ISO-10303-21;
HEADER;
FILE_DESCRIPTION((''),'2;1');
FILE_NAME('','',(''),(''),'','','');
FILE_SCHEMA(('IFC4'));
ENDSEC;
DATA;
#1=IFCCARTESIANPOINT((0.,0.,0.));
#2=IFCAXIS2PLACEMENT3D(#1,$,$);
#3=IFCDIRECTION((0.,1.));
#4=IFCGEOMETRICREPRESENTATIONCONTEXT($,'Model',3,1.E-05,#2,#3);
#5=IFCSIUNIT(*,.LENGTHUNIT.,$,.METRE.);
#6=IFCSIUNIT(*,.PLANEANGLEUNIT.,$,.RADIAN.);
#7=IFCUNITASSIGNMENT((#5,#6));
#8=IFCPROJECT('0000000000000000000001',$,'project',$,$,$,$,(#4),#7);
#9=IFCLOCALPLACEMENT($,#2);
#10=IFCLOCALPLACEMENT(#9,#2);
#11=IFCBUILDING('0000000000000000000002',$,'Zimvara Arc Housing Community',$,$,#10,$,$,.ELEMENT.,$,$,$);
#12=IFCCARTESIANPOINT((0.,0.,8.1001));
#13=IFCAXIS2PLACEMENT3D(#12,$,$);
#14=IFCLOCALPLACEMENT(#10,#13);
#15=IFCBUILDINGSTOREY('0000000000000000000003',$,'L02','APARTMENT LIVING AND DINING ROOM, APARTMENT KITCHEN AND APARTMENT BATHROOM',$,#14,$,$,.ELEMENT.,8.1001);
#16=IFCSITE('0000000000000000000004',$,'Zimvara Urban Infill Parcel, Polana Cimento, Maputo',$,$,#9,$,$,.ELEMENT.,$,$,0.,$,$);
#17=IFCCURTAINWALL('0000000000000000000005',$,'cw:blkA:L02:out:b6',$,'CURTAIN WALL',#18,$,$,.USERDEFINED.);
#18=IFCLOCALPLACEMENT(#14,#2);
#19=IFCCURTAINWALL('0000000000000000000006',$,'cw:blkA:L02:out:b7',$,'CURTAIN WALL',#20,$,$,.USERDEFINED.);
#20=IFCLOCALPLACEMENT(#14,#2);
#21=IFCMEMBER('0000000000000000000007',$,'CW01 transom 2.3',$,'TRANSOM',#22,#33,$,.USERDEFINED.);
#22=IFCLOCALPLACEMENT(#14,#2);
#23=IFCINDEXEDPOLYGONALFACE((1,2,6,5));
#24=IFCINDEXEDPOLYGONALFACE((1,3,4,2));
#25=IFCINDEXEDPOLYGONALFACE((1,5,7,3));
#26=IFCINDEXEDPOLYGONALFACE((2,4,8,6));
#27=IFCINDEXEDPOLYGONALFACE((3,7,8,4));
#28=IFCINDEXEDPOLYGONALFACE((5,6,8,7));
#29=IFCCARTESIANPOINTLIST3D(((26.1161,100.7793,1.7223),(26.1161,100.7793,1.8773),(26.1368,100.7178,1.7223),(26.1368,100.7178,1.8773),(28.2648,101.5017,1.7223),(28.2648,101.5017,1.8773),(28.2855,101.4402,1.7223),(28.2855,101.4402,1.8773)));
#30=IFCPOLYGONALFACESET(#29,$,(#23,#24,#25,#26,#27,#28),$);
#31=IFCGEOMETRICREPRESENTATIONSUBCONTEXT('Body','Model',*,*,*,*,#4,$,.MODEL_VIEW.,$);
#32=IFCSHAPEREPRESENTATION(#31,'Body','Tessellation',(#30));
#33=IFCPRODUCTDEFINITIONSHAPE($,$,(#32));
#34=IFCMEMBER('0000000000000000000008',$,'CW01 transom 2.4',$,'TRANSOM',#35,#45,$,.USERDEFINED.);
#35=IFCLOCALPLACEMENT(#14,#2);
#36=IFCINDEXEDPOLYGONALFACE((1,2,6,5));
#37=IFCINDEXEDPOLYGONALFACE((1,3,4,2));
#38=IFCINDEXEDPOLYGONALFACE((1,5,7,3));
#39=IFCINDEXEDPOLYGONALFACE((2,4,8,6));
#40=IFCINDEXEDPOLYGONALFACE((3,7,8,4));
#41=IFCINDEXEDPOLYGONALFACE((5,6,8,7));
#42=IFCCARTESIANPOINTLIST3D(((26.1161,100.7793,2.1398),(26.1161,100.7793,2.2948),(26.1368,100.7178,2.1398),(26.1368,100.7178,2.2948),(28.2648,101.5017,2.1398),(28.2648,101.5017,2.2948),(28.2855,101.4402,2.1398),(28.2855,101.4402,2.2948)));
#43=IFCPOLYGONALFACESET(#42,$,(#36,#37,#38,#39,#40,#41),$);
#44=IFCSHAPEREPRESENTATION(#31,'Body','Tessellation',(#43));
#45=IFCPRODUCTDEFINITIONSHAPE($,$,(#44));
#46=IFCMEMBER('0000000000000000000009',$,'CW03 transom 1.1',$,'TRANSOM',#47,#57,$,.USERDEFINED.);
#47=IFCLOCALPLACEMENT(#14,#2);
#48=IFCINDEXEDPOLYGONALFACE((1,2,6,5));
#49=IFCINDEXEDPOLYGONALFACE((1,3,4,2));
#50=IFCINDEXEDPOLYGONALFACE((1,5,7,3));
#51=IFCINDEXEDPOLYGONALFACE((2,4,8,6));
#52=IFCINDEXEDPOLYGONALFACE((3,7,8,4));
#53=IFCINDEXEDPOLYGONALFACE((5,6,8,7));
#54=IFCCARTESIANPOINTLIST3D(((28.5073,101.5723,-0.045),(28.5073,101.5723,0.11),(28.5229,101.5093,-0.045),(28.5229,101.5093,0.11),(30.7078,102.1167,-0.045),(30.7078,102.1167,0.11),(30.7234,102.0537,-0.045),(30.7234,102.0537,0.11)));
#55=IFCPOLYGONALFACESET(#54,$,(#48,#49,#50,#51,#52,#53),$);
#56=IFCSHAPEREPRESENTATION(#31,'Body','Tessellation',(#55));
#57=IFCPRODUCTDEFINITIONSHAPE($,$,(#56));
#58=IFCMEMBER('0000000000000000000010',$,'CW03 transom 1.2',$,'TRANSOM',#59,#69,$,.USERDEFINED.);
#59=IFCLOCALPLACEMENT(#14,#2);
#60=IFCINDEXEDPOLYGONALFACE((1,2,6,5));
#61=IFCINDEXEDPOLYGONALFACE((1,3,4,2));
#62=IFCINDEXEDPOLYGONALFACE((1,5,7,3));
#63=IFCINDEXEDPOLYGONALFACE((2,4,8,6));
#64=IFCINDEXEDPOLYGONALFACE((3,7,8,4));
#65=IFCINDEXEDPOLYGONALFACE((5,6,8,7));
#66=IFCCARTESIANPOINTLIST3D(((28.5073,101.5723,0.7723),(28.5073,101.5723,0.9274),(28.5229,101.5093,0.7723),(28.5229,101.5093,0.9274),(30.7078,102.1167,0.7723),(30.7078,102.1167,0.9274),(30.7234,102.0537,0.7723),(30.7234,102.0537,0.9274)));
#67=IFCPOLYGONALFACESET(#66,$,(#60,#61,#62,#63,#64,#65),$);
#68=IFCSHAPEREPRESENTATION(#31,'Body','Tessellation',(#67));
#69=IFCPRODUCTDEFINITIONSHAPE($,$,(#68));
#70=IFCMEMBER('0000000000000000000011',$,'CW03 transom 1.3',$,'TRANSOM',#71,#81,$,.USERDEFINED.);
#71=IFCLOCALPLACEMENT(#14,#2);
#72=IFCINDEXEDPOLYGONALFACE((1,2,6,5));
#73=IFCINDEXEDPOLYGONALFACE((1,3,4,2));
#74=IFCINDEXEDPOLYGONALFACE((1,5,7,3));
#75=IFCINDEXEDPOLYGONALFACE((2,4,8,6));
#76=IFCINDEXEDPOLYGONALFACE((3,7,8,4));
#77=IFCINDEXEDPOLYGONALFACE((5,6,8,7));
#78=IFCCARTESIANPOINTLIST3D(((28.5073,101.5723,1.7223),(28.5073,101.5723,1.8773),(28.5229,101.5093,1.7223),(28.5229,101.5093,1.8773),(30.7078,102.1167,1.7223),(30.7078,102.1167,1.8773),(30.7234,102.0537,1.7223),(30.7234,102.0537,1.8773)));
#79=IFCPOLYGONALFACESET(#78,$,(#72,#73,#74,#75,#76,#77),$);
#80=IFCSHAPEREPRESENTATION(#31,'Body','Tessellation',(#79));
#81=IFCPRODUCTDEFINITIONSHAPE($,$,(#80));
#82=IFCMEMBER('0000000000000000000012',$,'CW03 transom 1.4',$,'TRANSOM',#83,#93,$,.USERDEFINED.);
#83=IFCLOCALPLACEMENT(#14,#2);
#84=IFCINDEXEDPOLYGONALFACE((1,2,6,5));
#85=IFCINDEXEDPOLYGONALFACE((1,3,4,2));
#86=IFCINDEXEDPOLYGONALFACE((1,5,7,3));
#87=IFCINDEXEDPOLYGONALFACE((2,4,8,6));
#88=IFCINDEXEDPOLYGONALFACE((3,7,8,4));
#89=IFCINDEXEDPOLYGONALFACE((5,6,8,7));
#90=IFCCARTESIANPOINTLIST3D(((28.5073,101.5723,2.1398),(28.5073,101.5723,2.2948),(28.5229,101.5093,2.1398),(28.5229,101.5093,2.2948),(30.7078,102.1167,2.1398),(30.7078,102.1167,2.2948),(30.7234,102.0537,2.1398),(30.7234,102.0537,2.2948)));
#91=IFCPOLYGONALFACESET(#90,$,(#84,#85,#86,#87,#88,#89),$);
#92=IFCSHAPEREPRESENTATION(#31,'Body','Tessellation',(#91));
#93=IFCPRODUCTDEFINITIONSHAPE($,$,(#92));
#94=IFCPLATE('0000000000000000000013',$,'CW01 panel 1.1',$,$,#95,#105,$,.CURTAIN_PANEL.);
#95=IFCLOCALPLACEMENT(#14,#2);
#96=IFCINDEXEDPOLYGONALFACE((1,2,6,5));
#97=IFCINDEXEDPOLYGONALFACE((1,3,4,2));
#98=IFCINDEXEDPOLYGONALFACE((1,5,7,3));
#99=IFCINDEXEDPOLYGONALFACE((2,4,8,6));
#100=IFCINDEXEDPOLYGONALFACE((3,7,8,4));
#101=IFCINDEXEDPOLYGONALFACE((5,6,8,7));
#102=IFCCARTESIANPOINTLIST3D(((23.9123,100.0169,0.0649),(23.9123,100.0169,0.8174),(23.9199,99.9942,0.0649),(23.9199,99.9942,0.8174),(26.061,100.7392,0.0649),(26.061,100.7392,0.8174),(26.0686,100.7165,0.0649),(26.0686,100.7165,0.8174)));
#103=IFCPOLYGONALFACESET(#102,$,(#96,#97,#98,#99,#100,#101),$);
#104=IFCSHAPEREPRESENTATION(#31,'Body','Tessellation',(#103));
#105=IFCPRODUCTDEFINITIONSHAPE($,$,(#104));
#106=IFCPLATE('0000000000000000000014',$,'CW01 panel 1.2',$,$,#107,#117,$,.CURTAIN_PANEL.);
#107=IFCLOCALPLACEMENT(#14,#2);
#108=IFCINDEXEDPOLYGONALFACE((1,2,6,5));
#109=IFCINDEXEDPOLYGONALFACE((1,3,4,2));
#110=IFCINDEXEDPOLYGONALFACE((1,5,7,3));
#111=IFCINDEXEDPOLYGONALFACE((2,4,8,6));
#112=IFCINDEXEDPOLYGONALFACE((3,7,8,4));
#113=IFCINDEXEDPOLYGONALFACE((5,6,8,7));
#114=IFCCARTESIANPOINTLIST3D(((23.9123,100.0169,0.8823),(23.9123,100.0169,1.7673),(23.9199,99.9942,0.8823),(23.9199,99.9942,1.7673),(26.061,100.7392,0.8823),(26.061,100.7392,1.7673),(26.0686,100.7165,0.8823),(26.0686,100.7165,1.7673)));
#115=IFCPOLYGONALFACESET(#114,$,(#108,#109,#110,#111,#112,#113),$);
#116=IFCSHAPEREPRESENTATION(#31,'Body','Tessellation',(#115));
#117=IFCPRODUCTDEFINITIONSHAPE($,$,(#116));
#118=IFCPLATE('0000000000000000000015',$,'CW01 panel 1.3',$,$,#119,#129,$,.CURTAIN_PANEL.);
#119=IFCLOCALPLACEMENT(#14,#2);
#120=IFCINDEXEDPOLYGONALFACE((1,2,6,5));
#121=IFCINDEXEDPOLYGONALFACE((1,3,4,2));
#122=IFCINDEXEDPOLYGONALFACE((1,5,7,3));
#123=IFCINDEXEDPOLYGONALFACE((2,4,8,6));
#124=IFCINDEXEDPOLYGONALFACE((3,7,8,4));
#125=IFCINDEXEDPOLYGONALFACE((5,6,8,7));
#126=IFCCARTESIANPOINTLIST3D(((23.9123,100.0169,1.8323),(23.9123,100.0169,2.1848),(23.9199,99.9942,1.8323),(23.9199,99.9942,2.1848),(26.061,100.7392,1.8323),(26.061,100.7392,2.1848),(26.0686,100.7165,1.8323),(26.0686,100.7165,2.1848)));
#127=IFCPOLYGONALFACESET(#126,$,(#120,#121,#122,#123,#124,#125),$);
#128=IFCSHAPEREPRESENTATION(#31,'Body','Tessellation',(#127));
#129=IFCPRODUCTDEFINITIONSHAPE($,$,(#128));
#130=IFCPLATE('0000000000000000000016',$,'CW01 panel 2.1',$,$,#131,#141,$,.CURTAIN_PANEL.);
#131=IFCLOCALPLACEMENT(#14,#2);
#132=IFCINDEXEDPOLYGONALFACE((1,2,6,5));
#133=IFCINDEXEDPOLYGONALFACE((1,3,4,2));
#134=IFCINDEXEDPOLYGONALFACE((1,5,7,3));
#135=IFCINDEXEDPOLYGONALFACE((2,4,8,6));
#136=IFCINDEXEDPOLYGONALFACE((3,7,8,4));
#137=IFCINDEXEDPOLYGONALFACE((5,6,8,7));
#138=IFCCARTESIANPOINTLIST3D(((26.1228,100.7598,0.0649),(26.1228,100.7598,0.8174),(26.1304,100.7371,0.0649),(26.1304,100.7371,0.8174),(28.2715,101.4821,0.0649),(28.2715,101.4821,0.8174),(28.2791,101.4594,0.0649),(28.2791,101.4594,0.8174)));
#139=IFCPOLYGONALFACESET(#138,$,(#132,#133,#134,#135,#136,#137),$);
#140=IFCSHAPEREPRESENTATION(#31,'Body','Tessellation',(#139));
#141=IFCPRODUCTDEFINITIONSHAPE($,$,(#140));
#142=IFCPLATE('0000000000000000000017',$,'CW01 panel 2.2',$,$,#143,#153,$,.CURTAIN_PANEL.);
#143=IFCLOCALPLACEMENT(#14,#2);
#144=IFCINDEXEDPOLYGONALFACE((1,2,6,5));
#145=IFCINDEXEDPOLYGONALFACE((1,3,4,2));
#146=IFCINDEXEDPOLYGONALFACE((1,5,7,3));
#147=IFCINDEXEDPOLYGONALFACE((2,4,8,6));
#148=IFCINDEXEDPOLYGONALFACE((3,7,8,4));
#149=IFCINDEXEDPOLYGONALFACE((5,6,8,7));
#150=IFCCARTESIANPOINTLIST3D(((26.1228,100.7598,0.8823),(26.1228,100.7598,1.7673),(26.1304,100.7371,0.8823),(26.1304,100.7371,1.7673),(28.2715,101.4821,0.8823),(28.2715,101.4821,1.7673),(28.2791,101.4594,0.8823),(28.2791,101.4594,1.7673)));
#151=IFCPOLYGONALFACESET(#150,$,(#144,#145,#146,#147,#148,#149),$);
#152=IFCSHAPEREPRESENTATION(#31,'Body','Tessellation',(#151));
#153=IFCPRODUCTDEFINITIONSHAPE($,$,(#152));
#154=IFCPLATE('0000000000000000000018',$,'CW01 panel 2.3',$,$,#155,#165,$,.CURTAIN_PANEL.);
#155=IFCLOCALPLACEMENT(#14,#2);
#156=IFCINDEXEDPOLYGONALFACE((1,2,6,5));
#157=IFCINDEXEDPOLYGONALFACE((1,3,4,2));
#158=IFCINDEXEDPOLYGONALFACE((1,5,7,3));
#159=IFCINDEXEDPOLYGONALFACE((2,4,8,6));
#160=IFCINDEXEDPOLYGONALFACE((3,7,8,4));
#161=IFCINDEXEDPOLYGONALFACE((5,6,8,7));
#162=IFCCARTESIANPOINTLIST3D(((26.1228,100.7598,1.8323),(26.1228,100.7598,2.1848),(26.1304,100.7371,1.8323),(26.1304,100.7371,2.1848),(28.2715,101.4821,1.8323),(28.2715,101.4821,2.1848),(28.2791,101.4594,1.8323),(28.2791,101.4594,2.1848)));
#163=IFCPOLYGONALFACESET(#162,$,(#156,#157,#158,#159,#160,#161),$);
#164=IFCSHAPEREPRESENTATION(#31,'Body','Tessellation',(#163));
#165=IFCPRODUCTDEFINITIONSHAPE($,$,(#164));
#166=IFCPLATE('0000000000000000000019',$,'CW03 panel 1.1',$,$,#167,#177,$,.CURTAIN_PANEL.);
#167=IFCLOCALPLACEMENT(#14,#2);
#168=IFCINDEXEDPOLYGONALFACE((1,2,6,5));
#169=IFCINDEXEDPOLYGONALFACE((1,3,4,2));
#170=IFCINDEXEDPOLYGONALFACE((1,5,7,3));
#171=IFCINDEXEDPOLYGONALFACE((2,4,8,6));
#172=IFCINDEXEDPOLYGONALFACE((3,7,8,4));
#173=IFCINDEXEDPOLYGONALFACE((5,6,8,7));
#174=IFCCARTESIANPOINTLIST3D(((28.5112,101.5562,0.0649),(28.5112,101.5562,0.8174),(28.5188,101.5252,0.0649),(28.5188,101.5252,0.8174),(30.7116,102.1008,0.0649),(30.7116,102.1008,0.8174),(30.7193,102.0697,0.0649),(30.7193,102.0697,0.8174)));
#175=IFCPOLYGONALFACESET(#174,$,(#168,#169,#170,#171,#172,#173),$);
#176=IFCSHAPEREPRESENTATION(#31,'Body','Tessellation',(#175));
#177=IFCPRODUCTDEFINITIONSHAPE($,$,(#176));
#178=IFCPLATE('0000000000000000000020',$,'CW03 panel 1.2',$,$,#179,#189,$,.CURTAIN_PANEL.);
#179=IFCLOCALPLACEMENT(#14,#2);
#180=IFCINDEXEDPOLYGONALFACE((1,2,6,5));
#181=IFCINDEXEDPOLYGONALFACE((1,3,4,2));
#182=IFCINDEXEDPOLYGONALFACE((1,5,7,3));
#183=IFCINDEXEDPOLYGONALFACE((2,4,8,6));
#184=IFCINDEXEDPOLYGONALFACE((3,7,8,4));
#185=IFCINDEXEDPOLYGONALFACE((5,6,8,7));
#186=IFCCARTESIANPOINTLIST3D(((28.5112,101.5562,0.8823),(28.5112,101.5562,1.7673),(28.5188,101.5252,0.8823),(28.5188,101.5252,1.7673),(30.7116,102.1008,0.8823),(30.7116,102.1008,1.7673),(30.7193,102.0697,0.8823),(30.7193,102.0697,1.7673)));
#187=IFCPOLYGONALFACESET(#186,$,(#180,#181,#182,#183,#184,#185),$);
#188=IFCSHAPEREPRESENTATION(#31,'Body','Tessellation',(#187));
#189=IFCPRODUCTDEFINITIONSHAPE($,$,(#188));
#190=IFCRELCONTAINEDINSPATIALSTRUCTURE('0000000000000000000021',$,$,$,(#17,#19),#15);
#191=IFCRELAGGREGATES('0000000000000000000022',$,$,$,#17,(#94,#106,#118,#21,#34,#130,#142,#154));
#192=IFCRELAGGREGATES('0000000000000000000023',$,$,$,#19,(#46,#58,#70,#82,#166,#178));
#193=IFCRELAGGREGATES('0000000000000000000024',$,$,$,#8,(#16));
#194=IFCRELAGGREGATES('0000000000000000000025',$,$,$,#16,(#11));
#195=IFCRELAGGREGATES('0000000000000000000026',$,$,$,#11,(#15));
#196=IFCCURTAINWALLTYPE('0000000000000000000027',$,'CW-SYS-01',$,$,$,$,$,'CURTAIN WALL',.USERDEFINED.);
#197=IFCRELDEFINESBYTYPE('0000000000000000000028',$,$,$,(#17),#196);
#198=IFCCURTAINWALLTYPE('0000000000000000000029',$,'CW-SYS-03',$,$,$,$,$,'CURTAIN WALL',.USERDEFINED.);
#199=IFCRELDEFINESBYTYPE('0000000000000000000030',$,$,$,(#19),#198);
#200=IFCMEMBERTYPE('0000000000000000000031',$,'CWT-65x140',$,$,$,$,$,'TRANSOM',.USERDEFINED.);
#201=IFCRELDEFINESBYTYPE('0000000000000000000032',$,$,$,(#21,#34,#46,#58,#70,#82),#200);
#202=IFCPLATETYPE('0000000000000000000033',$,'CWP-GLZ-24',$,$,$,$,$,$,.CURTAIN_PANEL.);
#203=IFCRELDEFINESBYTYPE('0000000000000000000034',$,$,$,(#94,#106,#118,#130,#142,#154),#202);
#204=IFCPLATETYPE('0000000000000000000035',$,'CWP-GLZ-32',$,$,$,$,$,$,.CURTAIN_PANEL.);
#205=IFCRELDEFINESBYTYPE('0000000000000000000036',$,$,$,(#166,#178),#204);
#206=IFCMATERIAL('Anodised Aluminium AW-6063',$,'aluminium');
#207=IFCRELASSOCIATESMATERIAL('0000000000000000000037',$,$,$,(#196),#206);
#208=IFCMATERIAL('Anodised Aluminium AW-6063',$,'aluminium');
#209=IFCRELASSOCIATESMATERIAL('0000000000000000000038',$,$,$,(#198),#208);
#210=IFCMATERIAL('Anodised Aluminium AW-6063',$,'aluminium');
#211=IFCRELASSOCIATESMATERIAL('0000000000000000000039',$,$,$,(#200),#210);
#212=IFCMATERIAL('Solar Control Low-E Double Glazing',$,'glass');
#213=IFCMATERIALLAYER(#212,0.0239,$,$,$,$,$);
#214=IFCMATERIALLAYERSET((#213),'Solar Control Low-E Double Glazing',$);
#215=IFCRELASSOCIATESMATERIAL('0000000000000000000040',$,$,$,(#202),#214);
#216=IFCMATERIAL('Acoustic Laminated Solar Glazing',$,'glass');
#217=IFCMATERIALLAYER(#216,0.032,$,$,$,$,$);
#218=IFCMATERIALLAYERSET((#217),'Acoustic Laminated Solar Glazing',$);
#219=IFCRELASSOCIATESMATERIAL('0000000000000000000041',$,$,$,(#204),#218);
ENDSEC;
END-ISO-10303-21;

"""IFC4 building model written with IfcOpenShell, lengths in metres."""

from ifc_helpers import new_model, si_unit, direction, frame, origin, origin_2d, place, context, subcontext, project, spatial, rectangle, extrude, material, layer, layer_set, material_profile, profile_set, type_object, element, aggregate, save


model = new_model("IFC4")

# Units and contexts
model_context = context("Model", 3, precision=1e-05, world=origin(), true_north=direction((0.0, 1.0)))
body_context = subcontext(model_context, "Body", "Model", "MODEL_VIEW")
ifc_project = project(units=[si_unit("LENGTHUNIT", "METRE"), si_unit("PLANEANGLEUNIT", "RADIAN")], contexts=[model_context])

# Site, building, storey
site_placement = place(None, origin())
site = spatial("IfcSite", under=ifc_project, at=site_placement, Name="Zimvara Urban Infill Parcel, Polana Cimento, Maputo", CompositionType="ELEMENT", RefElevation=0.0)
building_placement = place(site_placement, origin())
building = spatial("IfcBuilding", under=site, at=building_placement, Name="Zimvara Arc Housing Community", CompositionType="ELEMENT")
storey_placement = place(building_placement, frame((0.0, 0.0, 8.1001)))
storey = spatial("IfcBuildingStorey", under=building, at=storey_placement, Name="L02", Description="APARTMENT LIVING AND DINING ROOM, APARTMENT KITCHEN AND APARTMENT BATHROOM", CompositionType="ELEMENT", Elevation=8.1001)

# Curtain wall
ifc_material_1 = material(Name="Anodised Aluminium AW-6063", Category="aluminium")
curtain_wall_type_1 = type_object("IfcCurtainWallType", Name="CW-SYS-01", ElementType="CURTAIN WALL", PredefinedType="USERDEFINED", material=ifc_material_1)
curtain_wall_1_placement = place(storey_placement, origin())
curtain_wall_1 = element("IfcCurtainWall", 1, at=curtain_wall_1_placement, inside=storey, type_object=curtain_wall_type_1, Name="cw:blkA:L02:out:b6", ObjectType="CURTAIN WALL", PredefinedType="USERDEFINED")

# Curtain wall
ifc_material_2 = material(Name="Anodised Aluminium AW-6063", Category="aluminium")
curtain_wall_type_2 = type_object("IfcCurtainWallType", Name="CW-SYS-03", ElementType="CURTAIN WALL", PredefinedType="USERDEFINED", material=ifc_material_2)
curtain_wall_2_placement = place(storey_placement, origin())
curtain_wall_2 = element("IfcCurtainWall", 2, at=curtain_wall_2_placement, inside=storey, type_object=curtain_wall_type_2, Name="cw:blkA:L02:out:b7", ObjectType="CURTAIN WALL", PredefinedType="USERDEFINED")

# Members
ifc_material_3 = material(Name="Anodised Aluminium AW-6063", Category="aluminium")
ifc_material_profile_1 = material_profile(ifc_material_3, rectangle(XDim=0.0649, YDim=0.155, at=origin_2d()), Name="ALU 65x155")
ifc_profile_set_1 = profile_set([ifc_material_profile_1], Name="Anodised Aluminium AW-6063")
member_type_1 = type_object("IfcMemberType", Name="CWT-65x140", ElementType="TRANSOM", PredefinedType="USERDEFINED", material=ifc_profile_set_1)
member_1_placement = place(storey_placement, frame((26.1265, 100.7485, 1.7998), z_axis=(0.947862, 0.318682, 0.0), x_axis=(-0.318682, 0.947862, 0.0)))
member_1 = element("IfcMember", 3, at=member_1_placement, type_object=member_type_1, Name="CW01 transom 2.3", ObjectType="TRANSOM", PredefinedType="USERDEFINED", context=body_context, shape_type="SweptSolid", body=[
    extrude(rectangle(XDim=0.0649, YDim=0.155, at=origin_2d()), origin(), (0.0, 0.0, 1.0), 2.2668),
])
member_2_placement = place(storey_placement, frame((26.1265, 100.7485, 2.2173), z_axis=(0.947862, 0.318682, 0.0), x_axis=(-0.318682, 0.947862, 0.0)))
member_2 = element("IfcMember", 4, at=member_2_placement, type_object=member_type_1, Name="CW01 transom 2.4", ObjectType="TRANSOM", PredefinedType="USERDEFINED", context=body_context, shape_type="SweptSolid", body=[
    extrude(rectangle(XDim=0.0649, YDim=0.155, at=origin_2d()), origin(), (0.0, 0.0, 1.0), 2.2668),
])
member_3_placement = place(storey_placement, frame((28.5151, 101.5408, 0.0325), z_axis=(0.970729, 0.240178, 0.0), x_axis=(-0.240178, 0.970729, 0.0)))
member_3 = element("IfcMember", 5, at=member_3_placement, type_object=member_type_1, Name="CW03 transom 1.1", ObjectType="TRANSOM", PredefinedType="USERDEFINED", context=body_context, shape_type="SweptSolid", body=[
    extrude(rectangle(XDim=0.0649, YDim=0.155, at=origin_2d()), origin(), (0.0, 0.0, 1.0), 2.2668),
])
member_4_placement = place(storey_placement, frame((28.5151, 101.5408, 0.8499), z_axis=(0.970729, 0.240178, 0.0), x_axis=(-0.240178, 0.970729, 0.0)))
member_4 = element("IfcMember", 6, at=member_4_placement, type_object=member_type_1, Name="CW03 transom 1.2", ObjectType="TRANSOM", PredefinedType="USERDEFINED", context=body_context, shape_type="SweptSolid", body=[
    extrude(rectangle(XDim=0.0649, YDim=0.155, at=origin_2d()), origin(), (0.0, 0.0, 1.0), 2.2668),
])
member_5_placement = place(storey_placement, frame((28.5151, 101.5408, 1.7998), z_axis=(0.970729, 0.240178, 0.0), x_axis=(-0.240178, 0.970729, 0.0)))
member_5 = element("IfcMember", 7, at=member_5_placement, type_object=member_type_1, Name="CW03 transom 1.3", ObjectType="TRANSOM", PredefinedType="USERDEFINED", context=body_context, shape_type="SweptSolid", body=[
    extrude(rectangle(XDim=0.0649, YDim=0.155, at=origin_2d()), origin(), (0.0, 0.0, 1.0), 2.2668),
])
member_6_placement = place(storey_placement, frame((28.5151, 101.5408, 2.2173), z_axis=(0.970729, 0.240178, 0.0), x_axis=(-0.240178, 0.970729, 0.0)))
member_6 = element("IfcMember", 8, at=member_6_placement, type_object=member_type_1, Name="CW03 transom 1.4", ObjectType="TRANSOM", PredefinedType="USERDEFINED", context=body_context, shape_type="SweptSolid", body=[
    extrude(rectangle(XDim=0.0649, YDim=0.155, at=origin_2d()), origin(), (0.0, 0.0, 1.0), 2.2668),
])

# Plates
ifc_material_4 = material(Name="Solar Control Low-E Double Glazing", Category="glass")
ifc_layer_1 = layer(ifc_material_4, 0.0239)
ifc_layer_set_1 = layer_set([ifc_layer_1], Name="Solar Control Low-E Double Glazing")
plate_type_1 = type_object("IfcPlateType", Name="CWP-GLZ-24", PredefinedType="CURTAIN_PANEL", material=ifc_layer_set_1)
plate_1_placement = place(storey_placement, frame((24.9905, 100.3667, 0.0649), z_axis=(0.0, 0.0, 1.0), x_axis=(0.94788, 0.318629, 0.0)))
plate_1 = element("IfcPlate", 9, at=plate_1_placement, type_object=plate_type_1, Name="CW01 panel 1.1", PredefinedType="CURTAIN_PANEL", context=body_context, shape_type="SweptSolid", body=[
    extrude(rectangle(XDim=2.2668, YDim=0.0239, at=origin_2d()), origin(), (0.0, 0.0, 1.0), 0.7524),
])
plate_2_placement = place(storey_placement, frame((24.9905, 100.3667, 0.8823), z_axis=(0.0, 0.0, 1.0), x_axis=(0.94788, 0.318629, 0.0)))
plate_2 = element("IfcPlate", 10, at=plate_2_placement, type_object=plate_type_1, Name="CW01 panel 1.2", PredefinedType="CURTAIN_PANEL", context=body_context, shape_type="SweptSolid", body=[
    extrude(rectangle(XDim=2.2668, YDim=0.0239, at=origin_2d()), origin(), (0.0, 0.0, 1.0), 0.885),
])
plate_3_placement = place(storey_placement, frame((24.9905, 100.3667, 1.8323), z_axis=(0.0, 0.0, 1.0), x_axis=(0.94788, 0.318629, 0.0)))
plate_3 = element("IfcPlate", 11, at=plate_3_placement, type_object=plate_type_1, Name="CW01 panel 1.3", PredefinedType="CURTAIN_PANEL", context=body_context, shape_type="SweptSolid", body=[
    extrude(rectangle(XDim=2.2668, YDim=0.0239, at=origin_2d()), origin(), (0.0, 0.0, 1.0), 0.3525),
])
plate_4_placement = place(storey_placement, frame((27.2009, 101.1096, 0.0649), z_axis=(0.0, 0.0, 1.0), x_axis=(0.94788, 0.318629, 0.0)))
plate_4 = element("IfcPlate", 12, at=plate_4_placement, type_object=plate_type_1, Name="CW01 panel 2.1", PredefinedType="CURTAIN_PANEL", context=body_context, shape_type="SweptSolid", body=[
    extrude(rectangle(XDim=2.2668, YDim=0.0239, at=origin_2d()), origin(), (0.0, 0.0, 1.0), 0.7524),
])
plate_5_placement = place(storey_placement, frame((27.2009, 101.1096, 0.8823), z_axis=(0.0, 0.0, 1.0), x_axis=(0.94788, 0.318629, 0.0)))
plate_5 = element("IfcPlate", 13, at=plate_5_placement, type_object=plate_type_1, Name="CW01 panel 2.2", PredefinedType="CURTAIN_PANEL", context=body_context, shape_type="SweptSolid", body=[
    extrude(rectangle(XDim=2.2668, YDim=0.0239, at=origin_2d()), origin(), (0.0, 0.0, 1.0), 0.885),
])
plate_6_placement = place(storey_placement, frame((27.2009, 101.1096, 1.8323), z_axis=(0.0, 0.0, 1.0), x_axis=(0.94788, 0.318629, 0.0)))
plate_6 = element("IfcPlate", 14, at=plate_6_placement, type_object=plate_type_1, Name="CW01 panel 2.3", PredefinedType="CURTAIN_PANEL", context=body_context, shape_type="SweptSolid", body=[
    extrude(rectangle(XDim=2.2668, YDim=0.0239, at=origin_2d()), origin(), (0.0, 0.0, 1.0), 0.3525),
])
aggregate(curtain_wall_1, [plate_1, plate_2, plate_3, member_1, member_2, plate_4, plate_5, plate_6])
ifc_material_5 = material(Name="Acoustic Laminated Solar Glazing", Category="glass")
ifc_layer_2 = layer(ifc_material_5, 0.032)
ifc_layer_set_2 = layer_set([ifc_layer_2], Name="Acoustic Laminated Solar Glazing")
plate_type_2 = type_object("IfcPlateType", Name="CWP-GLZ-32", PredefinedType="CURTAIN_PANEL", material=ifc_layer_set_2)
plate_7_placement = place(storey_placement, frame((29.6152, 101.813, 0.0649), z_axis=(0.0, 0.0, 1.0), x_axis=(0.970716, 0.24023, 0.0)))
plate_7 = element("IfcPlate", 15, at=plate_7_placement, type_object=plate_type_2, Name="CW03 panel 1.1", PredefinedType="CURTAIN_PANEL", context=body_context, shape_type="SweptSolid", body=[
    extrude(rectangle(XDim=2.2668, YDim=0.032, at=origin_2d()), origin(), (0.0, 0.0, 1.0), 0.7524),
])
plate_8_placement = place(storey_placement, frame((29.6152, 101.813, 0.8823), z_axis=(0.0, 0.0, 1.0), x_axis=(0.970716, 0.24023, 0.0)))
plate_8 = element("IfcPlate", 16, at=plate_8_placement, type_object=plate_type_2, Name="CW03 panel 1.2", PredefinedType="CURTAIN_PANEL", context=body_context, shape_type="SweptSolid", body=[
    extrude(rectangle(XDim=2.2668, YDim=0.032, at=origin_2d()), origin(), (0.0, 0.0, 1.0), 0.885),
])
aggregate(curtain_wall_2, [member_3, member_4, member_5, member_6, plate_7, plate_8])

save(model, "model.ifc")
